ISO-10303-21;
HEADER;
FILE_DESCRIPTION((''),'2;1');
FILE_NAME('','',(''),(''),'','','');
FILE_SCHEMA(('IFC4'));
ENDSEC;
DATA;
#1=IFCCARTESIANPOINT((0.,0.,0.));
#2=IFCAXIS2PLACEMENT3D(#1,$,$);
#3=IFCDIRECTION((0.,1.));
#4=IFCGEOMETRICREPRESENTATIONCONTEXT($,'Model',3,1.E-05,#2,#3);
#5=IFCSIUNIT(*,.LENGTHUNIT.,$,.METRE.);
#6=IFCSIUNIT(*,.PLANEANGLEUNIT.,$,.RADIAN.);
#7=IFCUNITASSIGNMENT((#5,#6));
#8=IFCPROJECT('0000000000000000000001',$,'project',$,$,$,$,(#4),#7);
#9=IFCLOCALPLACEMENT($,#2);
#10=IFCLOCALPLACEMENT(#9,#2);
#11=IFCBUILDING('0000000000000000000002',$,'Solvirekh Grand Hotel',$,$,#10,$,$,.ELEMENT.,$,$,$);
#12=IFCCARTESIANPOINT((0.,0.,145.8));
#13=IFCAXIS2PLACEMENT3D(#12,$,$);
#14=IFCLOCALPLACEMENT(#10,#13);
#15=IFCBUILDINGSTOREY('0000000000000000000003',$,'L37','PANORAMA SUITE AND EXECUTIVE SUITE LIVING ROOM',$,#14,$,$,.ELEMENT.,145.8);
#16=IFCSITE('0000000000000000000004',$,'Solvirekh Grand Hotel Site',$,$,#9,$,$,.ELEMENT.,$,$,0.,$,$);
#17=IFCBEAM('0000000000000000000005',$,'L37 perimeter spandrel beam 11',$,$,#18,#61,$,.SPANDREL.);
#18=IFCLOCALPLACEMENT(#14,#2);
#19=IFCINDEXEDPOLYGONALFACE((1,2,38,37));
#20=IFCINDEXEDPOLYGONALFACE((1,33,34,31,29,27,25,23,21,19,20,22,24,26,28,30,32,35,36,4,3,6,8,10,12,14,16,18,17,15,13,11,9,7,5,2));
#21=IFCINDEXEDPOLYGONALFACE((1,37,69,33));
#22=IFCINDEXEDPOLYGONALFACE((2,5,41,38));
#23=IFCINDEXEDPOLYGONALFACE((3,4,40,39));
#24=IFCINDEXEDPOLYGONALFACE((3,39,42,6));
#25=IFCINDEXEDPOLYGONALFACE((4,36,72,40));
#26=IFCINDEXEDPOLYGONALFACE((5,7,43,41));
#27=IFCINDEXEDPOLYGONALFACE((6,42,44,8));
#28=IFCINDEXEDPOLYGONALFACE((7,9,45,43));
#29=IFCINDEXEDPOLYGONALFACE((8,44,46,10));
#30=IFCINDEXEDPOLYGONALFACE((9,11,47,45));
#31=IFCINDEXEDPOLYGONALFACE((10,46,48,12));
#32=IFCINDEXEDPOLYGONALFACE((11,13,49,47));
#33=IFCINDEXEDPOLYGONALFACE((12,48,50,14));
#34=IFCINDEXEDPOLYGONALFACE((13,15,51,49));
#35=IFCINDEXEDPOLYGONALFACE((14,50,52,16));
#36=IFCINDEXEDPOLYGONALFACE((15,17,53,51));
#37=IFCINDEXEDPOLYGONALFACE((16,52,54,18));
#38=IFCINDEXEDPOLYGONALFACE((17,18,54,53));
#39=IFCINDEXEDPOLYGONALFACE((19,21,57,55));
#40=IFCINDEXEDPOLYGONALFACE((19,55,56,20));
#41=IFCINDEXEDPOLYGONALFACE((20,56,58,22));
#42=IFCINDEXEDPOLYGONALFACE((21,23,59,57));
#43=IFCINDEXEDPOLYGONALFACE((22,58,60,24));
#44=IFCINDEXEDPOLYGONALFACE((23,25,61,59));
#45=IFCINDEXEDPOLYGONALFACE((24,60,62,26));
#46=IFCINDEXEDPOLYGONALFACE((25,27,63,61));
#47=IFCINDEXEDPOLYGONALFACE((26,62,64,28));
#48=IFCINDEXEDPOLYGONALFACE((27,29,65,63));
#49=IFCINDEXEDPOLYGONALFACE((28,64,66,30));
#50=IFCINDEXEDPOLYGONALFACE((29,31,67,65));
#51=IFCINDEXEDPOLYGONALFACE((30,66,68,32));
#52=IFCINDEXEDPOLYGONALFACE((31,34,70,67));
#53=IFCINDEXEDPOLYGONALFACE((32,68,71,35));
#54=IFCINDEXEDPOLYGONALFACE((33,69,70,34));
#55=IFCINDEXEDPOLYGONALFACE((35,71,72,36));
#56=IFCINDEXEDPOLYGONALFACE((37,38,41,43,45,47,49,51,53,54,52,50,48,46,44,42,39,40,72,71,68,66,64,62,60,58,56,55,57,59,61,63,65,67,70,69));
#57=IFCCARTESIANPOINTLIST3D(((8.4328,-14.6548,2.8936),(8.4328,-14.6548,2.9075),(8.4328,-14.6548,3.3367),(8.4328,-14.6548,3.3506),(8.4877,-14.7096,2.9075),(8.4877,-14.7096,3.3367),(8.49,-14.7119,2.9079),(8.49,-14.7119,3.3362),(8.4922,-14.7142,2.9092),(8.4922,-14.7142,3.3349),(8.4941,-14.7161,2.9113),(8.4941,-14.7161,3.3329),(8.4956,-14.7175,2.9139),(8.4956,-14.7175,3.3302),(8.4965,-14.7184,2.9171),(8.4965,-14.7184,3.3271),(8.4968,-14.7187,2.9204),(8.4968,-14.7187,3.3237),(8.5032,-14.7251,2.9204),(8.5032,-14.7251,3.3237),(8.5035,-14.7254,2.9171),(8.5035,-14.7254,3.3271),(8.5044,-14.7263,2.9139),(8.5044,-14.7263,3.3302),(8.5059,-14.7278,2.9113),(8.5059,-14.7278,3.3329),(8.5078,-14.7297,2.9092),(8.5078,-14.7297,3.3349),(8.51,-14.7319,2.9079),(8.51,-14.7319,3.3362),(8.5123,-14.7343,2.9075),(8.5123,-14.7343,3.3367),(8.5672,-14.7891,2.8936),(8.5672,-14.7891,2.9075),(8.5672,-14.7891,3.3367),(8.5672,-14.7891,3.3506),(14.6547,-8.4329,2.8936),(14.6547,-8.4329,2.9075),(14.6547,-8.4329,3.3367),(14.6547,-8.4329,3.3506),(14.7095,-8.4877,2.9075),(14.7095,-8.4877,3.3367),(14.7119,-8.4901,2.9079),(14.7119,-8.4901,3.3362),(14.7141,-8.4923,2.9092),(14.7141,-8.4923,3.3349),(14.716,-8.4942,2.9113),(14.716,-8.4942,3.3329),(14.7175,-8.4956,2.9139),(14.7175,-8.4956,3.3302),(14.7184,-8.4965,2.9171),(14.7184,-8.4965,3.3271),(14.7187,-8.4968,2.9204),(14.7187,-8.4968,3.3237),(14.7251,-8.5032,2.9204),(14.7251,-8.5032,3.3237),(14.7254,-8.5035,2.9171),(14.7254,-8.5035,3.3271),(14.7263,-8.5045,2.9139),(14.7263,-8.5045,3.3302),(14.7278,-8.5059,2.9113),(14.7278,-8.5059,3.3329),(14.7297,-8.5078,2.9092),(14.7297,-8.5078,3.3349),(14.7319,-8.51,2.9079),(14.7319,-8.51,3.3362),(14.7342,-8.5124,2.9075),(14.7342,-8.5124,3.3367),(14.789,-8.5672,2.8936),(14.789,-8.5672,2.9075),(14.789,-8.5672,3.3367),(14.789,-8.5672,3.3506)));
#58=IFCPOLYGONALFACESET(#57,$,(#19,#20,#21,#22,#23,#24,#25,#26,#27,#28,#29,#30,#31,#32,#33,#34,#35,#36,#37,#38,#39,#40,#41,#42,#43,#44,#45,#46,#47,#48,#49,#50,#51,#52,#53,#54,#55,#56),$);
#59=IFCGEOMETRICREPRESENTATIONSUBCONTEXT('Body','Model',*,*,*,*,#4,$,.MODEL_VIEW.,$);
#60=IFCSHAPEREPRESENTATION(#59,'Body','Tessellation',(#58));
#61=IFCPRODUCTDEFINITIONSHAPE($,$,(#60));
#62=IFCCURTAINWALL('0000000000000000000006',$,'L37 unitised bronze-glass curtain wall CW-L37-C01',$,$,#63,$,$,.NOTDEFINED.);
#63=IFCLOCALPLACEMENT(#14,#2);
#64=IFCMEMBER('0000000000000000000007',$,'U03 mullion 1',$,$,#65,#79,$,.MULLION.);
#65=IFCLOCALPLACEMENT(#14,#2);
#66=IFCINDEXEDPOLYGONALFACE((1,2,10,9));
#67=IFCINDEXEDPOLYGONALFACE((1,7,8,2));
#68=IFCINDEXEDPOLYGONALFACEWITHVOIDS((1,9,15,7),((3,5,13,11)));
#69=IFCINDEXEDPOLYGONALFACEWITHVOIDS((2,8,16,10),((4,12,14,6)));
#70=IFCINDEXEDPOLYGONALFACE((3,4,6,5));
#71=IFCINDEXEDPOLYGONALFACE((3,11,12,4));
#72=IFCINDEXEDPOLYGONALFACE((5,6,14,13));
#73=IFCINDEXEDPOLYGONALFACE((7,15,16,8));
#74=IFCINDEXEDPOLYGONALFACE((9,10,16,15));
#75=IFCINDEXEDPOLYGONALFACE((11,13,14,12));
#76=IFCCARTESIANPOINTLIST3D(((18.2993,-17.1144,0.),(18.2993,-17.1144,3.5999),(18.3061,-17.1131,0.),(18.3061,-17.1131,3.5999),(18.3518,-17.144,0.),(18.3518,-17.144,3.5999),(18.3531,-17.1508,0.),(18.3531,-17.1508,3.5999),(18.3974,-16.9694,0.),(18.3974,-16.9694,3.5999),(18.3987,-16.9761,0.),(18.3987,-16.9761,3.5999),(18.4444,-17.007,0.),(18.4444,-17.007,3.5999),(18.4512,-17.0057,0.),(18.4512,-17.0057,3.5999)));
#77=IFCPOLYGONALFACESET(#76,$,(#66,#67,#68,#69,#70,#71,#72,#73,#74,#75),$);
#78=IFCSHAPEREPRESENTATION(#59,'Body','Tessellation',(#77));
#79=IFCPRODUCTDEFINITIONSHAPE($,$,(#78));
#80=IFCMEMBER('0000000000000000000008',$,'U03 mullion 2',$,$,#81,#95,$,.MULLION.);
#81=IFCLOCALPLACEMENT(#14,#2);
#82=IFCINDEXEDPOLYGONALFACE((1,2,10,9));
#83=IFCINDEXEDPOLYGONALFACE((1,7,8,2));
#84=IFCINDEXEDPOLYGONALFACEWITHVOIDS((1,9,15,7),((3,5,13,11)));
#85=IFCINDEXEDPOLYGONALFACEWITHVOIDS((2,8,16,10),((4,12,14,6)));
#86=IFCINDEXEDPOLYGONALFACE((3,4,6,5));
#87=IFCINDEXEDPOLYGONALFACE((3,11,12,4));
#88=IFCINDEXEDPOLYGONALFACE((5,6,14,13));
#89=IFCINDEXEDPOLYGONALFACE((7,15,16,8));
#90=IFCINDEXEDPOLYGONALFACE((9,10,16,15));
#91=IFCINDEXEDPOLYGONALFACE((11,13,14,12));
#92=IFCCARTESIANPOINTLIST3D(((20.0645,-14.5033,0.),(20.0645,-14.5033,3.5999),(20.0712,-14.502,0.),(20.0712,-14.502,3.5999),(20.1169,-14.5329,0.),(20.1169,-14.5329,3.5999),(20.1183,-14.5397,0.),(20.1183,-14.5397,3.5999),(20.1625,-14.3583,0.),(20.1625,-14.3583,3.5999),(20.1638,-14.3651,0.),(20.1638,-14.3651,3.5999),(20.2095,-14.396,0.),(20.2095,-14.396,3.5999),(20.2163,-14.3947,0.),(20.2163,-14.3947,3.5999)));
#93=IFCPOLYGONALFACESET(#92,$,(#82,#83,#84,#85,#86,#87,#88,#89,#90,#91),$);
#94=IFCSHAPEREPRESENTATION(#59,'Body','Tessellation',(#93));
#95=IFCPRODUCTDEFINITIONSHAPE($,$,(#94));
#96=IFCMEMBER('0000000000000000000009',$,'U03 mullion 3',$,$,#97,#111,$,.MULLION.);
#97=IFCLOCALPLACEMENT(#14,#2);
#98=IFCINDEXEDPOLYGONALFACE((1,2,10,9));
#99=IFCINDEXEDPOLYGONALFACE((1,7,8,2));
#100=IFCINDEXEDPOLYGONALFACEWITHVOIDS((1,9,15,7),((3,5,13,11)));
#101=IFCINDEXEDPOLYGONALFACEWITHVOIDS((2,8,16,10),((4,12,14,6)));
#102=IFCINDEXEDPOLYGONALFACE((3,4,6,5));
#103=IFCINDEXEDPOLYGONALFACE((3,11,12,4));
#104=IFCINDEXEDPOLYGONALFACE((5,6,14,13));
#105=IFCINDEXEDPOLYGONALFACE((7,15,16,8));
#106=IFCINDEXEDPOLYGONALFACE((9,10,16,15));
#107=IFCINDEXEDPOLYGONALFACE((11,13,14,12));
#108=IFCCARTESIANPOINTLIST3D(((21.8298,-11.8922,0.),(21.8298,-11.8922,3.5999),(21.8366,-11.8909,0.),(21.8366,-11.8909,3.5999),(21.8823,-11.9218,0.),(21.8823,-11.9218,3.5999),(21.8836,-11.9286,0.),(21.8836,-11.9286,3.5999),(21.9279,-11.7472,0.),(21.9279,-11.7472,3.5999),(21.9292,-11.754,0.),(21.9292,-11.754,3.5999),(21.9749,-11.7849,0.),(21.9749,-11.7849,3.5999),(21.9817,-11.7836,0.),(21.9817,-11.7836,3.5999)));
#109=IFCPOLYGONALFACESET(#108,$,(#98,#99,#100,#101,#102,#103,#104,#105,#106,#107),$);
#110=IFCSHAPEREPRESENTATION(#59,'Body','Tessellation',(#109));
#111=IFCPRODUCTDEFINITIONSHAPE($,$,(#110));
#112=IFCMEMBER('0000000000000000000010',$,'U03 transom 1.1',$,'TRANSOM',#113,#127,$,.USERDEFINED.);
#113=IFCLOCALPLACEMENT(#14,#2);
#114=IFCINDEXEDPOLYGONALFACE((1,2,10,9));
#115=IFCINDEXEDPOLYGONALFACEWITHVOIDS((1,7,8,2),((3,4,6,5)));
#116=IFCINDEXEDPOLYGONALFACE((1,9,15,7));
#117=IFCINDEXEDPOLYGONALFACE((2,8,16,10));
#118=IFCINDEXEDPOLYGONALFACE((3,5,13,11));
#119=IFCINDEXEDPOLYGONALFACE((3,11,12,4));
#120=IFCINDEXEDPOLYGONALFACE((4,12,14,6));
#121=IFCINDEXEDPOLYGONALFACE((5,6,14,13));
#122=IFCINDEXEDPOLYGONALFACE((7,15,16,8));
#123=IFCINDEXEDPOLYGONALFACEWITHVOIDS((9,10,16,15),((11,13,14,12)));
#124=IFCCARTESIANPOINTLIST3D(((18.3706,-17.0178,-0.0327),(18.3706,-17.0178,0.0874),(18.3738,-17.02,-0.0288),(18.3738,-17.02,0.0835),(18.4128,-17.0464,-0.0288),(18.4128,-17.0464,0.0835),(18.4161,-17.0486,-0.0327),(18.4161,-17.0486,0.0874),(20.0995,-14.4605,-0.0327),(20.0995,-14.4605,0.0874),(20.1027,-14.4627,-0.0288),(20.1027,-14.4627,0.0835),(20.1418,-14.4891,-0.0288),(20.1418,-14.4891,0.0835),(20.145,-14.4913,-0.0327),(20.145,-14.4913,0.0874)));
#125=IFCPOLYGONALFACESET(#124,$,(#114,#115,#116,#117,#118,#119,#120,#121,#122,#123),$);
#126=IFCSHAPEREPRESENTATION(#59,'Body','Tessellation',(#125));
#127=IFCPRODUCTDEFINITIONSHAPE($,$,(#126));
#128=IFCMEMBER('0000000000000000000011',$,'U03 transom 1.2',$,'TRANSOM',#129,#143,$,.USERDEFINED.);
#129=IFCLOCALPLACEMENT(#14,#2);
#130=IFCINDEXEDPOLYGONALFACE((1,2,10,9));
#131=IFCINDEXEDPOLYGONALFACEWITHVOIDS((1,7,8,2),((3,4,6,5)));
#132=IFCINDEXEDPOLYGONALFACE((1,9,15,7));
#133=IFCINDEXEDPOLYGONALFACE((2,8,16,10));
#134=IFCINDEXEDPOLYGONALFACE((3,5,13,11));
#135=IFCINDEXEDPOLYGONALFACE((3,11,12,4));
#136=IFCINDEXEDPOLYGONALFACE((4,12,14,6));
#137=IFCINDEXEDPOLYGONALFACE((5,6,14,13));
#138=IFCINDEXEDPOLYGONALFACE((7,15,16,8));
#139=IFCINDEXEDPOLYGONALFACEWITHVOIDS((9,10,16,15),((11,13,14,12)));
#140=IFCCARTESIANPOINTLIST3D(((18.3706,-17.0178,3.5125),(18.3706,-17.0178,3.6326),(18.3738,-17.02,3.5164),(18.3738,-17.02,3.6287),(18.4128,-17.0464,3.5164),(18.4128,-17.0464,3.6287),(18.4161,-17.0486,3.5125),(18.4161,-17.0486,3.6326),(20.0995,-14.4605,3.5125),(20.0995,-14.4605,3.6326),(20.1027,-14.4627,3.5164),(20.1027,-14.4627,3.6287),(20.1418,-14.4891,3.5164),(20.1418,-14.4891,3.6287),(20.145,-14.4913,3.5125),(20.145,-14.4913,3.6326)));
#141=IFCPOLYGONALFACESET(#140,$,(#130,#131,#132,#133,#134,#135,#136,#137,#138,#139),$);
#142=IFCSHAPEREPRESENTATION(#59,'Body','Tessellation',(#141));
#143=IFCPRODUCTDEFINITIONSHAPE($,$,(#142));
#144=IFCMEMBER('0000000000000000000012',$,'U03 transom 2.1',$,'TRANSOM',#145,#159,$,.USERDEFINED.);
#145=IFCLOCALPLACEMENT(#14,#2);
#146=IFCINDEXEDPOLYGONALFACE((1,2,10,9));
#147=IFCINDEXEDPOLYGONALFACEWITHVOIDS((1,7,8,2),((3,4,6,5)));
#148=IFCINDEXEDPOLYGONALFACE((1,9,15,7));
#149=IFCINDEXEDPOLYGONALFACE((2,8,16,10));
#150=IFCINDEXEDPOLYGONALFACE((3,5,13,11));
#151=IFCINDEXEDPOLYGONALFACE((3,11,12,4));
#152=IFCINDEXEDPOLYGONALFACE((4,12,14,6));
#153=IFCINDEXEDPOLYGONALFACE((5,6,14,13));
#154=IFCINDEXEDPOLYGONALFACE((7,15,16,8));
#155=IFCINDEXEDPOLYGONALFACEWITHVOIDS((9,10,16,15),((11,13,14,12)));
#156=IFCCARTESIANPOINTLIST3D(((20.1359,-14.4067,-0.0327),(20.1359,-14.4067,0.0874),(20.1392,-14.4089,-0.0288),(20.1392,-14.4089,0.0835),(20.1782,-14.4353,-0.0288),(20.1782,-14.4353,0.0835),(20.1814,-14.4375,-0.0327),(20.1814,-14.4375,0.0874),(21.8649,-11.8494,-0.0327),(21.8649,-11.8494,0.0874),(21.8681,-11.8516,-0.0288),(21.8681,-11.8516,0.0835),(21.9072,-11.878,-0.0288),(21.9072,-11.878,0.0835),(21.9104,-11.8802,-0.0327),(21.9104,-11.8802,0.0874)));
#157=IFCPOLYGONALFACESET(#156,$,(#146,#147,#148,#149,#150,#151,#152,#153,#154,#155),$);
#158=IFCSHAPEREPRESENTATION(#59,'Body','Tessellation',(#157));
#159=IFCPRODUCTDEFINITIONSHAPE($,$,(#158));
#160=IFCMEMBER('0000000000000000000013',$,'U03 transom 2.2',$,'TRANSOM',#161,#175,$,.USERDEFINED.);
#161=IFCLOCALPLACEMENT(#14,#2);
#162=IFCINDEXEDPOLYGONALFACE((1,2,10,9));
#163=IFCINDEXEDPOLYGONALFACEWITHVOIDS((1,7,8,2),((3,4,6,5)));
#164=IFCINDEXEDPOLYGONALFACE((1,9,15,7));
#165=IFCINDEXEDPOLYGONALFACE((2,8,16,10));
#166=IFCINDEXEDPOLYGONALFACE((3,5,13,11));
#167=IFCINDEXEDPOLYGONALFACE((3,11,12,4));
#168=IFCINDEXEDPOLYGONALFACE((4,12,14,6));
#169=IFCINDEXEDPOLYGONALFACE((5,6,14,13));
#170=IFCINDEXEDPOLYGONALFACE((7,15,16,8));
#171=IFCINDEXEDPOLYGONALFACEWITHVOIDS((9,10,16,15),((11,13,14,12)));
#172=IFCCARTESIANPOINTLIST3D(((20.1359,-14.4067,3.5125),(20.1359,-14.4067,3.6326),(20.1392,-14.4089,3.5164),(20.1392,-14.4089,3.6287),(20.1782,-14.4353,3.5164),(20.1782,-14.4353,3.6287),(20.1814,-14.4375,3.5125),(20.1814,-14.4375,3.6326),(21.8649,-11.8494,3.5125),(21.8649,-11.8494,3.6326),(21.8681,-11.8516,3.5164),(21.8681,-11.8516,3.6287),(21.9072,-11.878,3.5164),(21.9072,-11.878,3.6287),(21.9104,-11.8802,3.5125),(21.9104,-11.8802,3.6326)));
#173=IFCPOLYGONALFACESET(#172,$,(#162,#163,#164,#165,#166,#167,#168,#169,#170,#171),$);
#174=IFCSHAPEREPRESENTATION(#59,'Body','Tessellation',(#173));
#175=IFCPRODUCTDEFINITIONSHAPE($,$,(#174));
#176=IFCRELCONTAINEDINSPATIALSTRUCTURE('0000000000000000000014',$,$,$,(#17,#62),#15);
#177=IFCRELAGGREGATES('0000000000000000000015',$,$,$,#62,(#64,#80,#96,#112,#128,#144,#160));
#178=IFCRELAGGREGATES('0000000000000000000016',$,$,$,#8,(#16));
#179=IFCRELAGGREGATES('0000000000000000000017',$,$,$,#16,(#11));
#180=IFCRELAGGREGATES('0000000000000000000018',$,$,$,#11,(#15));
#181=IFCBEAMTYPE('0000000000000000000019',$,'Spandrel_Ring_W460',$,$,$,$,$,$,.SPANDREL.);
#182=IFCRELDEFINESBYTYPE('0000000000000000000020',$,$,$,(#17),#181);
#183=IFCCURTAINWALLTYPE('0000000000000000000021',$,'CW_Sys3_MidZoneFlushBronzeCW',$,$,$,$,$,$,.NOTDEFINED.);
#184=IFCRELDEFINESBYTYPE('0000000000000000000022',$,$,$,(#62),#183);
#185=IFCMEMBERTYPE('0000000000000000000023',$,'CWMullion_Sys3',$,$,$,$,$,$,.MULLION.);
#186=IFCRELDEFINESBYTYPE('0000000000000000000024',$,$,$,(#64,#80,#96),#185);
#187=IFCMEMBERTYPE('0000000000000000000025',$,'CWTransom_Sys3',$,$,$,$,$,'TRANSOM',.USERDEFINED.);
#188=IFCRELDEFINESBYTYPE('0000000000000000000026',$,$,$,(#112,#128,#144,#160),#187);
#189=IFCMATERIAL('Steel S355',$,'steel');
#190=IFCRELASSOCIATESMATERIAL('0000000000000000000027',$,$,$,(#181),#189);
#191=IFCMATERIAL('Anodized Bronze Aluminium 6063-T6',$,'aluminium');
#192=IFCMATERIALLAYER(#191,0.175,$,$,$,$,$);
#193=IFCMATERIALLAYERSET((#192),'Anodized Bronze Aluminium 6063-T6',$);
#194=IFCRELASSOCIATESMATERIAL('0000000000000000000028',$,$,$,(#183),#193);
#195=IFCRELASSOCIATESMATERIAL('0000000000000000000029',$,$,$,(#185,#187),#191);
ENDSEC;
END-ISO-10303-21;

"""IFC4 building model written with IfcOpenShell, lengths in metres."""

from ifc_helpers import new_model, si_unit, direction, frame, origin, origin_2d, place, context, subcontext, project, spatial, hollow_rectangle, i_section, extrude, source, transform, mapped, material, layer, layer_set, material_profile, profile_set, type_object, element, aggregate, save


model = new_model("IFC4")

# Units and contexts
model_context = context("Model", 3, precision=1e-05, world=origin(), true_north=direction((0.0, 1.0)))
body_context = subcontext(model_context, "Body", "Model", "MODEL_VIEW")
ifc_project = project(units=[si_unit("LENGTHUNIT", "METRE"), si_unit("PLANEANGLEUNIT", "RADIAN")], contexts=[model_context])

# Site, building, storey
site_placement = place(None, origin())
site = spatial("IfcSite", under=ifc_project, at=site_placement, Name="Solvirekh Grand Hotel Site", CompositionType="ELEMENT", RefElevation=0.0)
building_placement = place(site_placement, origin())
building = spatial("IfcBuilding", under=site, at=building_placement, Name="Solvirekh Grand Hotel", CompositionType="ELEMENT")
storey_placement = place(building_placement, frame((0.0, 0.0, 145.8)))
storey = spatial("IfcBuildingStorey", under=building, at=storey_placement, Name="L37", Description="PANORAMA SUITE AND EXECUTIVE SUITE LIVING ROOM", CompositionType="ELEMENT", Elevation=145.8)

# Beam
ifc_material_1 = material(Name="Steel S355", Category="steel")
ifc_material_profile_1 = material_profile(ifc_material_1, i_section(OverallWidth=0.1899, OverallDepth=0.457, WebThickness=0.009, FlangeThickness=0.0139, FilletRadius=0.0129, at=origin_2d()), Name="W460X74")
ifc_profile_set_1 = profile_set([ifc_material_profile_1], Name="Steel S355")
beam_type = type_object("IfcBeamType", Name="Spandrel_Ring_W460", PredefinedType="SPANDREL", material=ifc_profile_set_1)
beam_placement = place(storey_placement, frame((8.5, -14.7219, 3.1221), z_axis=(0.707107, 0.707107, 0.0), x_axis=(-0.707107, 0.707107, 0.0)))
element("IfcBeam", 1, at=beam_placement, inside=storey, type_object=beam_type, Name="L37 perimeter spandrel beam 11", PredefinedType="SPANDREL", context=body_context, shape_type="SweptSolid", body=[
    extrude(i_section(OverallWidth=0.1899, OverallDepth=0.457, WebThickness=0.009, FlangeThickness=0.0139, FilletRadius=0.0129, at=origin_2d()), origin(), (0.0, 0.0, 1.0), 8.7991),
])

# Curtain wall, members
ifc_material_2 = material(Name="Anodized Bronze Aluminium 6063-T6", Category="aluminium")
ifc_layer_1 = layer(ifc_material_2, 0.175)
ifc_layer_set_1 = layer_set([ifc_layer_1], Name="Anodized Bronze Aluminium 6063-T6")
curtain_wall_type = type_object("IfcCurtainWallType", Name="CW_Sys3_MidZoneFlushBronzeCW", PredefinedType="NOTDEFINED", material=ifc_layer_set_1)
curtain_wall_placement = place(storey_placement, origin())
curtain_wall = element("IfcCurtainWall", 2, at=curtain_wall_placement, inside=storey, type_object=curtain_wall_type, Name="L37 unitised bronze-glass curtain wall CW-L37-C01", PredefinedType="NOTDEFINED")
ifc_material_profile_2 = material_profile(ifc_material_2, hollow_rectangle(XDim=0.0649, YDim=0.175, WallThickness=0.0049, at=origin_2d()), Name="ALU RHS 175X65X5")
ifc_profile_set_2 = profile_set([ifc_material_profile_2], Name="Anodized Bronze Aluminium 6063-T6")
member_type_1 = type_object("IfcMemberType", Name="CWMullion_Sys3", PredefinedType="MULLION", material=ifc_profile_set_2)
shared_shape_1 = source(origin(), body_context, "Body", "SweptSolid", [
    extrude(hollow_rectangle(XDim=0.0649, YDim=0.175, WallThickness=0.0049, at=origin_2d()), origin(), (0.0, 0.0, 1.0), 3.5999),
])
member_1_placement = place(storey_placement, frame((18.3752, -17.0601, 0.0), z_axis=(0.0, 0.0, 1.0), x_axis=(-0.828433, 0.560088, 0.0)))
member_1 = element("IfcMember", 3, at=member_1_placement, type_object=member_type_1, Name="U03 mullion 1", PredefinedType="MULLION", context=body_context, shape_type="MappedRepresentation", body=[
    mapped(shared_shape_1, transform((0.0, 0.0, 0.0), x_axis=(1.0, 0.0, 0.0), y_axis=(0.0, 1.0, 0.0), z_axis=(0.0, 0.0, 1.0), scale=1.0)),
])
member_2_placement = place(storey_placement, frame((20.1404, -14.449, 0.0), z_axis=(0.0, 0.0, 1.0), x_axis=(-0.828433, 0.560088, 0.0)))
member_2 = element("IfcMember", 4, at=member_2_placement, type_object=member_type_1, Name="U03 mullion 2", PredefinedType="MULLION", context=body_context, shape_type="MappedRepresentation", body=[
    mapped(shared_shape_1, transform((0.0, 0.0, 0.0), x_axis=(1.0, 0.0, 0.0), y_axis=(0.0, 1.0, 0.0), z_axis=(0.0, 0.0, 1.0), scale=1.0)),
])
member_3_placement = place(storey_placement, frame((21.9058, -11.8379, 0.0), z_axis=(0.0, 0.0, 1.0), x_axis=(-0.828433, 0.560088, 0.0)))
member_3 = element("IfcMember", 5, at=member_3_placement, type_object=member_type_1, Name="U03 mullion 3", PredefinedType="MULLION", context=body_context, shape_type="MappedRepresentation", body=[
    mapped(shared_shape_1, transform((0.0, 0.0, 0.0), x_axis=(1.0, 0.0, 0.0), y_axis=(0.0, 1.0, 0.0), z_axis=(0.0, 0.0, 1.0), scale=1.0)),
])
ifc_material_profile_3 = material_profile(ifc_material_2, hollow_rectangle(XDim=0.0549, YDim=0.1201, WallThickness=0.0039, at=origin_2d()), Name="ALU RHS 120X55X4")
ifc_profile_set_3 = profile_set([ifc_material_profile_3], Name="Anodized Bronze Aluminium 6063-T6")
member_type_2 = type_object("IfcMemberType", Name="CWTransom_Sys3", ElementType="TRANSOM", PredefinedType="USERDEFINED", material=ifc_profile_set_3)
shared_shape_2 = source(origin(), body_context, "Body", "SweptSolid", [
    extrude(hollow_rectangle(XDim=0.0549, YDim=0.1201, WallThickness=0.0039, at=origin_2d()), origin(), (0.0, 0.0, 1.0), 3.0869),
])
member_4_placement = place(storey_placement, frame((18.3933, -17.0332, 0.0273), z_axis=(0.560091, 0.828431, 0.0), x_axis=(-0.828431, 0.560091, 0.0)))
member_4 = element("IfcMember", 6, at=member_4_placement, type_object=member_type_2, Name="U03 transom 1.1", ObjectType="TRANSOM", PredefinedType="USERDEFINED", context=body_context, shape_type="MappedRepresentation", body=[
    mapped(shared_shape_2, transform((0.0, 0.0, 0.0), x_axis=(1.0, 0.0, 0.0), y_axis=(0.0, 1.0, 0.0), z_axis=(0.0, 0.0, 1.0), scale=1.0)),
])
member_5_placement = place(storey_placement, frame((18.3933, -17.0332, 3.5725), z_axis=(0.560091, 0.828431, 0.0), x_axis=(-0.828431, 0.560091, 0.0)))
member_5 = element("IfcMember", 7, at=member_5_placement, type_object=member_type_2, Name="U03 transom 1.2", ObjectType="TRANSOM", PredefinedType="USERDEFINED", context=body_context, shape_type="MappedRepresentation", body=[
    mapped(shared_shape_2, transform((0.0, 0.0, 0.0), x_axis=(1.0, 0.0, 0.0), y_axis=(0.0, 1.0, 0.0), z_axis=(0.0, 0.0, 1.0), scale=1.0)),
])
member_6_placement = place(storey_placement, frame((20.1587, -14.4221, 0.0273), z_axis=(0.560091, 0.828431, 0.0), x_axis=(-0.828431, 0.560091, 0.0)))
member_6 = element("IfcMember", 8, at=member_6_placement, type_object=member_type_2, Name="U03 transom 2.1", ObjectType="TRANSOM", PredefinedType="USERDEFINED", context=body_context, shape_type="MappedRepresentation", body=[
    mapped(shared_shape_2, transform((0.0, 0.0, 0.0), x_axis=(1.0, 0.0, 0.0), y_axis=(0.0, 1.0, 0.0), z_axis=(0.0, 0.0, 1.0), scale=1.0)),
])
member_7_placement = place(storey_placement, frame((20.1587, -14.4221, 3.5725), z_axis=(0.560091, 0.828431, 0.0), x_axis=(-0.828431, 0.560091, 0.0)))
member_7 = element("IfcMember", 9, at=member_7_placement, type_object=member_type_2, Name="U03 transom 2.2", ObjectType="TRANSOM", PredefinedType="USERDEFINED", context=body_context, shape_type="MappedRepresentation", body=[
    mapped(shared_shape_2, transform((0.0, 0.0, 0.0), x_axis=(1.0, 0.0, 0.0), y_axis=(0.0, 1.0, 0.0), z_axis=(0.0, 0.0, 1.0), scale=1.0)),
])
aggregate(curtain_wall, [member_1, member_2, member_3, member_4, member_5, member_6, member_7])

save(model, "model.ifc")
